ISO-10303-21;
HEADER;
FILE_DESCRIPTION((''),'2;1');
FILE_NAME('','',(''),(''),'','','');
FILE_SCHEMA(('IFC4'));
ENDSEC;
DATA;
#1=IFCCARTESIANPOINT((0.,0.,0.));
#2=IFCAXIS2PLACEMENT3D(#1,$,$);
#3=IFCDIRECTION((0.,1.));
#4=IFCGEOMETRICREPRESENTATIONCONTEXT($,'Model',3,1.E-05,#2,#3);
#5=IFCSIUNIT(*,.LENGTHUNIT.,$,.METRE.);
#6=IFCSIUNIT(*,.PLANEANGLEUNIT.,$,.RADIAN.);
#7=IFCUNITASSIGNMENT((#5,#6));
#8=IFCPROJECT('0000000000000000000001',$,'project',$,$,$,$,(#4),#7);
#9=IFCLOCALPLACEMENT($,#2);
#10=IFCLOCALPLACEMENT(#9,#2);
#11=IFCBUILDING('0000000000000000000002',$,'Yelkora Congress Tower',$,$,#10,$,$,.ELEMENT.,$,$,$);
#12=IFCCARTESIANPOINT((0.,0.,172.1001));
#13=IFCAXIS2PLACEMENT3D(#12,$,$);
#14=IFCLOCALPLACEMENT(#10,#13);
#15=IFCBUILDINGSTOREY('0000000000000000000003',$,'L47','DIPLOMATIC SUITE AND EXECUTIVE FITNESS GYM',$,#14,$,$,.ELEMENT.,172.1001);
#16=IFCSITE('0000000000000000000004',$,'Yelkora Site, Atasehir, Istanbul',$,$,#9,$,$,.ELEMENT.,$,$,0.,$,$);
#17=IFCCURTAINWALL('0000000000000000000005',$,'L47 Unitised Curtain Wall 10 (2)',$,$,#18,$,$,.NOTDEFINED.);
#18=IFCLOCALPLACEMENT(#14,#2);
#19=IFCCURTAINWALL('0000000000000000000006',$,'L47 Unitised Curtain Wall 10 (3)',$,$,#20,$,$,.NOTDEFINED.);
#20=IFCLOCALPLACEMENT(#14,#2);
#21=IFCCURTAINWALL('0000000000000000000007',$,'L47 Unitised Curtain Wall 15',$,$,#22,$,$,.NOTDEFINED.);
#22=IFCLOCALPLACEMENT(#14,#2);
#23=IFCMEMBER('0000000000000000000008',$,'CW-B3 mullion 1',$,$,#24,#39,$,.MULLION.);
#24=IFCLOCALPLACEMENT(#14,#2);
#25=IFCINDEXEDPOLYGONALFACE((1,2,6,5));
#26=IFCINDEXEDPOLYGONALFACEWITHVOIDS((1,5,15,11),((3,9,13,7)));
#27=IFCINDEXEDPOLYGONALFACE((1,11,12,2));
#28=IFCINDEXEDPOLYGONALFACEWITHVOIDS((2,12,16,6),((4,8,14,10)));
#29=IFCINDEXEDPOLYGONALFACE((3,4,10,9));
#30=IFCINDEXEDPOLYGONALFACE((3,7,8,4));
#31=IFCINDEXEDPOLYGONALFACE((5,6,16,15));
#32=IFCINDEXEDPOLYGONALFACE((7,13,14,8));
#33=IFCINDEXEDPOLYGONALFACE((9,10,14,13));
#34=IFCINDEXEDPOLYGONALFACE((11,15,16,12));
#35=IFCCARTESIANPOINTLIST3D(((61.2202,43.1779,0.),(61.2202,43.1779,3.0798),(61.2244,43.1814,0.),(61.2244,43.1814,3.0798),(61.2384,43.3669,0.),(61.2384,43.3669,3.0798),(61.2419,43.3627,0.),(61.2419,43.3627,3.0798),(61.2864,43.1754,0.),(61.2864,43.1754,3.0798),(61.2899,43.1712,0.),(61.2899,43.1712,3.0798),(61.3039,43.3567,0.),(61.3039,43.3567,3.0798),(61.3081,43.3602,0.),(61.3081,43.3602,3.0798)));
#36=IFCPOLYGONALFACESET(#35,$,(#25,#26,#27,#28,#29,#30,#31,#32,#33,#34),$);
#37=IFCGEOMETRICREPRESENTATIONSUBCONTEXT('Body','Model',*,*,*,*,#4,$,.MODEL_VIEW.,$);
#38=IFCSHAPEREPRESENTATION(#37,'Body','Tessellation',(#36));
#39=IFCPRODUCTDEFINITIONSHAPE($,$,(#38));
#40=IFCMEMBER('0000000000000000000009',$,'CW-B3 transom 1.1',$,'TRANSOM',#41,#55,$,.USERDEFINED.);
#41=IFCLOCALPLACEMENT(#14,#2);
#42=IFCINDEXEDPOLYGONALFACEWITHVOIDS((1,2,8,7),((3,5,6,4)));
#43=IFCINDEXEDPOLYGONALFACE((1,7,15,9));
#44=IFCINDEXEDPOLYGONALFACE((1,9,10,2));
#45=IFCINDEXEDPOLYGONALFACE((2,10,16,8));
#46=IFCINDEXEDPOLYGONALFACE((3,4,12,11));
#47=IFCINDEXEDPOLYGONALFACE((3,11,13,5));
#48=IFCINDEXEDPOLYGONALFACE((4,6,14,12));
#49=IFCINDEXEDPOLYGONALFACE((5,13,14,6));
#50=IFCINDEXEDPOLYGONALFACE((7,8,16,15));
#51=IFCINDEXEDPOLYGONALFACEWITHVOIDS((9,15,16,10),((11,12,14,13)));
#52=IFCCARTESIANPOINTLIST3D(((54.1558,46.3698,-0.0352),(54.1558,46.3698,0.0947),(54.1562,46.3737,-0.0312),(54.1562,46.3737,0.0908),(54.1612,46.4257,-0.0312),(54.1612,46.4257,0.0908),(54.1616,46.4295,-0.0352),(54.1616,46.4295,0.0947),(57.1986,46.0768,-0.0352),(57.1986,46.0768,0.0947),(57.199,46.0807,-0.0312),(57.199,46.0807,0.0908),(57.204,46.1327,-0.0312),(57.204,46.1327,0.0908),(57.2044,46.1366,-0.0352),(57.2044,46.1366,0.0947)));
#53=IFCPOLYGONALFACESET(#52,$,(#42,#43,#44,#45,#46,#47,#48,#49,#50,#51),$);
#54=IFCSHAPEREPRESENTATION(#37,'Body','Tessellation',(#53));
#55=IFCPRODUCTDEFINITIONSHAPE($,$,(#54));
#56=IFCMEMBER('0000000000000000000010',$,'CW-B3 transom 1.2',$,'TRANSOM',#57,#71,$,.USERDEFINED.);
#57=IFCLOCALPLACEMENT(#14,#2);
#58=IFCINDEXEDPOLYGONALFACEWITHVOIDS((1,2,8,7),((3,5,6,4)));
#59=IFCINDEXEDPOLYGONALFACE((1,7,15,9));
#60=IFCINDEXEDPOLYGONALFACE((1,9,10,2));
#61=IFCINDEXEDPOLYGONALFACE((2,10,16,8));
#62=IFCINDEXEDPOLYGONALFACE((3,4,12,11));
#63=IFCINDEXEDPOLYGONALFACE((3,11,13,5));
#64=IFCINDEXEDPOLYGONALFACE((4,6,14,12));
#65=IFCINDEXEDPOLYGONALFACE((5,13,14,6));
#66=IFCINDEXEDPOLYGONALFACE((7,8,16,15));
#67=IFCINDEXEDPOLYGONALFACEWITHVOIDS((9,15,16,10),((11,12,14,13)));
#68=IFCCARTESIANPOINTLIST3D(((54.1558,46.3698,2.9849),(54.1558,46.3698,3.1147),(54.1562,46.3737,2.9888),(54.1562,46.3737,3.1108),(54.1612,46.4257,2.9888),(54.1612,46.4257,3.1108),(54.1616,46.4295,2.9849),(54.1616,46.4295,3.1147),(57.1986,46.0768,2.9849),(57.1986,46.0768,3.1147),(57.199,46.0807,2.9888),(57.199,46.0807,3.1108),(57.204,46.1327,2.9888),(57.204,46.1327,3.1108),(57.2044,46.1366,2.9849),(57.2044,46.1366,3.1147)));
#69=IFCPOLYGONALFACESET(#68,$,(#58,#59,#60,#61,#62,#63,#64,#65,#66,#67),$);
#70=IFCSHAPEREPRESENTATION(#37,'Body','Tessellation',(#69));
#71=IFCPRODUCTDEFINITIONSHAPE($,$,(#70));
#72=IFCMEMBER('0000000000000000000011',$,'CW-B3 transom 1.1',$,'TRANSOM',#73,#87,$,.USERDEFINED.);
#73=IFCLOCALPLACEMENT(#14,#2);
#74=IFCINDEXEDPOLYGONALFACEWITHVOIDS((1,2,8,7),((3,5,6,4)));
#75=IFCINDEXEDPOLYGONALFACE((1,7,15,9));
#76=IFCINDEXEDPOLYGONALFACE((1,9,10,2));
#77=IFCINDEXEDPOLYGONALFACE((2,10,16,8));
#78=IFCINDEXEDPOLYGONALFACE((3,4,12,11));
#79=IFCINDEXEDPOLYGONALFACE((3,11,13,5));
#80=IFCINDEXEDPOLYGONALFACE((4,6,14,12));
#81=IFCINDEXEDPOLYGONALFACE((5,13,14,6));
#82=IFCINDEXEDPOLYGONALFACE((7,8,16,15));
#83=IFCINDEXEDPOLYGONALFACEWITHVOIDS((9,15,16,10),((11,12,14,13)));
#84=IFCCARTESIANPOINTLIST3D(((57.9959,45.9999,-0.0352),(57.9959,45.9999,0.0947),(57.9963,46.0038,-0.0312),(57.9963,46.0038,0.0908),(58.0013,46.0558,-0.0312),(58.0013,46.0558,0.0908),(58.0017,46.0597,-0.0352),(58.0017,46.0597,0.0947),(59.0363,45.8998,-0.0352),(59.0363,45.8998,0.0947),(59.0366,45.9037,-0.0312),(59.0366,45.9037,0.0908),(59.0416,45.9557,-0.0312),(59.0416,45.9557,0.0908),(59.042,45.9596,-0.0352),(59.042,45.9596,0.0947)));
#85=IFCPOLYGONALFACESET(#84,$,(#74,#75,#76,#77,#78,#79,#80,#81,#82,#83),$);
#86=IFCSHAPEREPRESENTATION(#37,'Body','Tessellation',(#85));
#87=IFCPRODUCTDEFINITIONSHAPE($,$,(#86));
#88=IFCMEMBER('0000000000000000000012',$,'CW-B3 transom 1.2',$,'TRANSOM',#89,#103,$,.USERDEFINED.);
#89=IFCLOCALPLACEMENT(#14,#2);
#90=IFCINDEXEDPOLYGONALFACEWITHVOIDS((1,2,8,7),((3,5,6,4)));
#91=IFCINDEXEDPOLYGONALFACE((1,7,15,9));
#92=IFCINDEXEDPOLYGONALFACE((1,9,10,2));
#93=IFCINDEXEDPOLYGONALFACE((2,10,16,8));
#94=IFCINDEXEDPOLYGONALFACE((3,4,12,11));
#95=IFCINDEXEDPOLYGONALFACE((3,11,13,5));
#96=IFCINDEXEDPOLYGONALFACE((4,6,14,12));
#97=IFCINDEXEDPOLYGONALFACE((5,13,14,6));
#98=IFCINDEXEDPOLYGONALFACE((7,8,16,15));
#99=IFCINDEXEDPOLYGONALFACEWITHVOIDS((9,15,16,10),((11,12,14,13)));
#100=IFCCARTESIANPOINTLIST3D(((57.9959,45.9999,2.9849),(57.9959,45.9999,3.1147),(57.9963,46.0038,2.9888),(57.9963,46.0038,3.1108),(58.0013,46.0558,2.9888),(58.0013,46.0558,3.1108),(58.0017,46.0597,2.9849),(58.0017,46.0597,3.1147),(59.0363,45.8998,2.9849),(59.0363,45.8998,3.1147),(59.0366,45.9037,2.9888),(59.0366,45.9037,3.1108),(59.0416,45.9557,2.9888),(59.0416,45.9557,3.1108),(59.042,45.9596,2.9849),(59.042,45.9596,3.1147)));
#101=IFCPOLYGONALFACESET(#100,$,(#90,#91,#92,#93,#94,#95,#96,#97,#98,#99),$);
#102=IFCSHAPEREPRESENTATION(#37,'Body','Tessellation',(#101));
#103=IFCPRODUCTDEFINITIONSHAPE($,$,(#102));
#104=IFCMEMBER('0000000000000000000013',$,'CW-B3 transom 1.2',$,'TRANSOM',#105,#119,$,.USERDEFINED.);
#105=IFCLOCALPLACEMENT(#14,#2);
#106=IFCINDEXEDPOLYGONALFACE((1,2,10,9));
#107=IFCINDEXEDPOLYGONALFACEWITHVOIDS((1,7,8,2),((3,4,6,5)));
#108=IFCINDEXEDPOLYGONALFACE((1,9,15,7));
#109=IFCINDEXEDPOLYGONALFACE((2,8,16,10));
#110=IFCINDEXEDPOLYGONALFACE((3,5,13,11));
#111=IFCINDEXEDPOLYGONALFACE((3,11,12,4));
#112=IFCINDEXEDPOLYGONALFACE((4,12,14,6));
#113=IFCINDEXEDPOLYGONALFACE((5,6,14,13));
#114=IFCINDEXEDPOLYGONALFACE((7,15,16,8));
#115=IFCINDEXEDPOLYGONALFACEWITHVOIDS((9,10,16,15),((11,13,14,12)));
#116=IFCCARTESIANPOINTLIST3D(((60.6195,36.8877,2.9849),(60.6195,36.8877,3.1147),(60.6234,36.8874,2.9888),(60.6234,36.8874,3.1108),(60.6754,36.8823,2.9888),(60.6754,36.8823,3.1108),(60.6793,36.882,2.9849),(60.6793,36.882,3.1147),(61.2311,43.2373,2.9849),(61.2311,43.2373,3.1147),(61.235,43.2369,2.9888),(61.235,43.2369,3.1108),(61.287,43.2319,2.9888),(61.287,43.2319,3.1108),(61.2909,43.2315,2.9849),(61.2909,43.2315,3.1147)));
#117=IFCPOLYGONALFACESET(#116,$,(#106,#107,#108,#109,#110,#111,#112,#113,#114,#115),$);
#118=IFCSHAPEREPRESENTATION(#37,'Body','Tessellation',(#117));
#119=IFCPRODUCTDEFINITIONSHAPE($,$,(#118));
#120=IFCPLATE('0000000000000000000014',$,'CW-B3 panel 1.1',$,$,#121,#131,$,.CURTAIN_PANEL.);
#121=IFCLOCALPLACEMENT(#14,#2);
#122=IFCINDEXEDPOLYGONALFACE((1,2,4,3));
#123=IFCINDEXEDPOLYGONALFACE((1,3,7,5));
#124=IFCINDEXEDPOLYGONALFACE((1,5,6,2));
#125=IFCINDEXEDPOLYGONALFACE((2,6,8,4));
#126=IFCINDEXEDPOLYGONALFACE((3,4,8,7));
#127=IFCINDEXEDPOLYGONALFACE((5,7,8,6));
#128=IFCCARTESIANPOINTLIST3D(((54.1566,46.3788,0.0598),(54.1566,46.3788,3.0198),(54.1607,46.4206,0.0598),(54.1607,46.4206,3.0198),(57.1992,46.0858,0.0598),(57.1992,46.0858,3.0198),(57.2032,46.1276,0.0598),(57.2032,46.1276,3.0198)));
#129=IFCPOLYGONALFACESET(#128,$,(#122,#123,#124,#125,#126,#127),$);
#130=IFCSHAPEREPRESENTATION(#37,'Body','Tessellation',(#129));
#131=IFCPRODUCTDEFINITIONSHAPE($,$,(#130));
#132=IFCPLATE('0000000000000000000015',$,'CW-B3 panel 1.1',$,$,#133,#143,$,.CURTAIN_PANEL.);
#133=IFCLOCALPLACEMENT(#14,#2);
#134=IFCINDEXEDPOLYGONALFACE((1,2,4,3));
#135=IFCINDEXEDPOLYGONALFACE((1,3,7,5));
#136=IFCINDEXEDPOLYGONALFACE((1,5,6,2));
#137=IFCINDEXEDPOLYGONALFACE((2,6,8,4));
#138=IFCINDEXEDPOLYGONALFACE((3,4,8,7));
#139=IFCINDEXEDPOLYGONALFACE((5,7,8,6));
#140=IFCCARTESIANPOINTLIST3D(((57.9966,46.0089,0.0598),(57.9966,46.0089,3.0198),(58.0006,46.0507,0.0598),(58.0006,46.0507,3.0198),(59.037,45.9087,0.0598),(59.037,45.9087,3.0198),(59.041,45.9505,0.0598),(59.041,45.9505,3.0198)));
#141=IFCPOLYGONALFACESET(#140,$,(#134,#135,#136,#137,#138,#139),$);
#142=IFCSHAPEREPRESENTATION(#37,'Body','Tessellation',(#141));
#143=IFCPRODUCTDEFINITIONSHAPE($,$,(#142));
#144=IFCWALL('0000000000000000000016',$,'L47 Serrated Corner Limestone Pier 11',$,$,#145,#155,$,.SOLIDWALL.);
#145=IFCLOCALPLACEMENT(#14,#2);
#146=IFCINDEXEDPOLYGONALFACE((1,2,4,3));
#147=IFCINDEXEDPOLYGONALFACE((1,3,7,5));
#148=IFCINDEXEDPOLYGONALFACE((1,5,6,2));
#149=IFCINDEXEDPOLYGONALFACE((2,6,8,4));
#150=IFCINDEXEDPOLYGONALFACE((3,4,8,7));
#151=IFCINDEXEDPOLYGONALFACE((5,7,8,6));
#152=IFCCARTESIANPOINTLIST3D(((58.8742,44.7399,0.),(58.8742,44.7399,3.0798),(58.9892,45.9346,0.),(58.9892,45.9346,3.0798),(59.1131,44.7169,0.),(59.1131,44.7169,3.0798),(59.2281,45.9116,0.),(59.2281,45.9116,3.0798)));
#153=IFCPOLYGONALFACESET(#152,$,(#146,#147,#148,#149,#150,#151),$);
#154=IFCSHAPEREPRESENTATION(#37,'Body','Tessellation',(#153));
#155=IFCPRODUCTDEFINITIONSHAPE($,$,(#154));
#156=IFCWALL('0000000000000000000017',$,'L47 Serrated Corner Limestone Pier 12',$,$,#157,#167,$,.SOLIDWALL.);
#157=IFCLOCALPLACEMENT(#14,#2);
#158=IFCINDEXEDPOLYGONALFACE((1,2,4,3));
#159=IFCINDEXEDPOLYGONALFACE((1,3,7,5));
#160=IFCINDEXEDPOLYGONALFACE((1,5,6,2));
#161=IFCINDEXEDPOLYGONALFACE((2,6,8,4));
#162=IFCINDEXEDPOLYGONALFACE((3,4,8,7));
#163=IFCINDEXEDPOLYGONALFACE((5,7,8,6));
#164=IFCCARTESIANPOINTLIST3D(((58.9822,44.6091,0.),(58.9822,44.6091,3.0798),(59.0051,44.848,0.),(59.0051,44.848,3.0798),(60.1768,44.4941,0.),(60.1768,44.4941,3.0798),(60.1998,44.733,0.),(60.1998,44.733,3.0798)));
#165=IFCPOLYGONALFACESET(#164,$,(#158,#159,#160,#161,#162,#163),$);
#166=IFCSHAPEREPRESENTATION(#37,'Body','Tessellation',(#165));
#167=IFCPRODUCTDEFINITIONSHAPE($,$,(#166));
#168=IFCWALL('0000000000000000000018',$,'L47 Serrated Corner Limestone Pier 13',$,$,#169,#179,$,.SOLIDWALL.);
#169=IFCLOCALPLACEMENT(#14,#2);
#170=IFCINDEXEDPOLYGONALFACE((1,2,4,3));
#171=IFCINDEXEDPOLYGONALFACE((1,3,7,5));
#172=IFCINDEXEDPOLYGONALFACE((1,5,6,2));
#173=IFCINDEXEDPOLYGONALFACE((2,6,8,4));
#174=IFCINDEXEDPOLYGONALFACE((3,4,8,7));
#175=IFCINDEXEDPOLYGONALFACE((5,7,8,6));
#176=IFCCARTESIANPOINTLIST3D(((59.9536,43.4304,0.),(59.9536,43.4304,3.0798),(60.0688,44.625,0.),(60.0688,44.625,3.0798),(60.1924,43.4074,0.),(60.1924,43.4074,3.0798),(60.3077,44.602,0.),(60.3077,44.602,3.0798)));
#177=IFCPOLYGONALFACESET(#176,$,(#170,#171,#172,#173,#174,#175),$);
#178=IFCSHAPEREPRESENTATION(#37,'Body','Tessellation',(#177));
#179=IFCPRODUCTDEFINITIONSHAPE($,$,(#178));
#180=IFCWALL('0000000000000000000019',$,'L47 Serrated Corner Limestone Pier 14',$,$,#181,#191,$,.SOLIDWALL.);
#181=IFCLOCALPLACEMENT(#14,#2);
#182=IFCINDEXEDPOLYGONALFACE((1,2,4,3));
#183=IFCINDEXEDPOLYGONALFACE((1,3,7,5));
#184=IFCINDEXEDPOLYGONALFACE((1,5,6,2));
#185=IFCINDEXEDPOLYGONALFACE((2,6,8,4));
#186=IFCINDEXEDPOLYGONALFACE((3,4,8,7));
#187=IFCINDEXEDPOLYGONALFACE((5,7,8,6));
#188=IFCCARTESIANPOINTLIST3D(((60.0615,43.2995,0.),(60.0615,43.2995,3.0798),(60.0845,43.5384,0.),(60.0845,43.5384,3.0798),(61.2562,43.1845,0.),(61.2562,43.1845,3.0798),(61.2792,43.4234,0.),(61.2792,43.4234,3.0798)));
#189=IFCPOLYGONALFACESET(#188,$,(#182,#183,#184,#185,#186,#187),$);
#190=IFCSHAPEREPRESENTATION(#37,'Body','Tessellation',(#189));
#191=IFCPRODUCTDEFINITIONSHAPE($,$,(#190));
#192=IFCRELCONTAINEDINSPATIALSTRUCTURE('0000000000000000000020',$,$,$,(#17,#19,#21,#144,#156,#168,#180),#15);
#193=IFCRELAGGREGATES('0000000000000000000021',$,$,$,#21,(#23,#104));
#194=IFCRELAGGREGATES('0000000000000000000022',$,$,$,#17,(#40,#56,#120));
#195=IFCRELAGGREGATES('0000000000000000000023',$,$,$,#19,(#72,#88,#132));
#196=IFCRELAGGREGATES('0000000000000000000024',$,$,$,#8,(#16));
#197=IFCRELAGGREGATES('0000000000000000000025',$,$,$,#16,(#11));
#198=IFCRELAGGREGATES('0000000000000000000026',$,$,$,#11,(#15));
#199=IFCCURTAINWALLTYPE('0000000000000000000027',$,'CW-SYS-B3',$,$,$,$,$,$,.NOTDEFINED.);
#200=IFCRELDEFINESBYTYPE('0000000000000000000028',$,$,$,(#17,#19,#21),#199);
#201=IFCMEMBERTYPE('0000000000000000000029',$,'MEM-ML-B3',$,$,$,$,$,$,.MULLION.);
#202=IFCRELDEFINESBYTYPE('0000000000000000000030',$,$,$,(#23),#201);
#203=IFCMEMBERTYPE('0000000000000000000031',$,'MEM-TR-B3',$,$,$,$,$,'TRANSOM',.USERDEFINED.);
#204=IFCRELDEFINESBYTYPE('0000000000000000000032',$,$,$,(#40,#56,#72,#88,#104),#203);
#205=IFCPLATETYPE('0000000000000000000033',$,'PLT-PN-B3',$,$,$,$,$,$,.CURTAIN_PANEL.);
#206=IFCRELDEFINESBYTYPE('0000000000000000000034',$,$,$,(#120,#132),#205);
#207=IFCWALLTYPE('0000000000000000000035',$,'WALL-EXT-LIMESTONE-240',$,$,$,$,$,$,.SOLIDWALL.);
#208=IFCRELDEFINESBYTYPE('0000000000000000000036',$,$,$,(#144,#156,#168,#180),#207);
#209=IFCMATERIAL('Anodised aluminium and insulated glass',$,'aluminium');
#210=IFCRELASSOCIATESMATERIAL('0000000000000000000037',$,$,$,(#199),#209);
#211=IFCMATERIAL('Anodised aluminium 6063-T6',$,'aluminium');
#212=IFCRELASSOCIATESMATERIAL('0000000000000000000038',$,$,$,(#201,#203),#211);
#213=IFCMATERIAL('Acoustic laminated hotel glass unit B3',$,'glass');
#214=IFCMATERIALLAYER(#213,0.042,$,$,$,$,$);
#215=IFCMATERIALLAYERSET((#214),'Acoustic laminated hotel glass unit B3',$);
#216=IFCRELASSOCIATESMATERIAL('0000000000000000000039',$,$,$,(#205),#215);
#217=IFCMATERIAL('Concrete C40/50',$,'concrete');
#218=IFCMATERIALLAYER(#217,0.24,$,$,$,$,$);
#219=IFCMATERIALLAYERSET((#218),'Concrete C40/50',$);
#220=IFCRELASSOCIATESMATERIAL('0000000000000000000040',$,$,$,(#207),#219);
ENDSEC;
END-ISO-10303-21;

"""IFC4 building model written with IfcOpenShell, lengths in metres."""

from ifc_helpers import new_model, si_unit, direction, frame, frame_2d, origin, origin_2d, place, context, subcontext, project, spatial, rectangle, hollow_rectangle, extrude, material, layer, layer_set, material_profile, profile_set, type_object, element, aggregate, save


model = new_model("IFC4")

# Units and contexts
model_context = context("Model", 3, precision=1e-05, world=origin(), true_north=direction((0.0, 1.0)))
body_context = subcontext(model_context, "Body", "Model", "MODEL_VIEW")
ifc_project = project(units=[si_unit("LENGTHUNIT", "METRE"), si_unit("PLANEANGLEUNIT", "RADIAN")], contexts=[model_context])

# Site, building, storey
site_placement = place(None, origin())
site = spatial("IfcSite", under=ifc_project, at=site_placement, Name="Yelkora Site, Atasehir, Istanbul", CompositionType="ELEMENT", RefElevation=0.0)
building_placement = place(site_placement, origin())
building = spatial("IfcBuilding", under=site, at=building_placement, Name="Yelkora Congress Tower", CompositionType="ELEMENT")
storey_placement = place(building_placement, frame((0.0, 0.0, 172.1001)))
storey = spatial("IfcBuildingStorey", under=building, at=storey_placement, Name="L47", Description="DIPLOMATIC SUITE AND EXECUTIVE FITNESS GYM", CompositionType="ELEMENT", Elevation=172.1001)

# Shared definitions
ifc_material_1 = material(Name="Anodised aluminium and insulated glass", Category="aluminium")
curtain_wall_type = type_object("IfcCurtainWallType", Name="CW-SYS-B3", PredefinedType="NOTDEFINED", material=ifc_material_1)
ifc_material_2 = material(Name="Anodised aluminium 6063-T6", Category="aluminium")
ifc_material_profile_1 = material_profile(ifc_material_2, hollow_rectangle(XDim=0.0701, YDim=0.1899, WallThickness=0.0039, at=origin_2d()), Name="ALU 70x190x4")
ifc_profile_set_1 = profile_set([ifc_material_profile_1], Name="Anodised aluminium 6063-T6")
member_type_1 = type_object("IfcMemberType", Name="MEM-ML-B3", PredefinedType="MULLION", material=ifc_profile_set_1)

# Curtain walls
curtain_wall_1_placement = place(storey_placement, origin())
curtain_wall_1 = element("IfcCurtainWall", 1, at=curtain_wall_1_placement, inside=storey, type_object=curtain_wall_type, Name="L47 Unitised Curtain Wall 10 (2)", PredefinedType="NOTDEFINED")
curtain_wall_2_placement = place(storey_placement, origin())
curtain_wall_2 = element("IfcCurtainWall", 2, at=curtain_wall_2_placement, inside=storey, type_object=curtain_wall_type, Name="L47 Unitised Curtain Wall 10 (3)", PredefinedType="NOTDEFINED")

# Curtain wall, member
curtain_wall_3_placement = place(storey_placement, origin())
curtain_wall_3 = element("IfcCurtainWall", 3, at=curtain_wall_3_placement, inside=storey, type_object=curtain_wall_type, Name="L47 Unitised Curtain Wall 15", PredefinedType="NOTDEFINED")
member_1_placement = place(storey_placement, frame((61.2642, 43.269, 0.0), z_axis=(0.0, 0.0, 1.0), x_axis=(0.995397, -0.095842, 0.0)))
member_1 = element("IfcMember", 4, at=member_1_placement, type_object=member_type_1, Name="CW-B3 mullion 1", PredefinedType="MULLION", context=body_context, shape_type="SweptSolid", body=[
    extrude(hollow_rectangle(XDim=0.0701, YDim=0.1899, WallThickness=0.0039, at=origin_2d()), origin(), (0.0, 0.0, 1.0), 3.0798),
])

# Members
ifc_material_profile_2 = material_profile(ifc_material_2, hollow_rectangle(XDim=0.0601, YDim=0.1299, WallThickness=0.0039, at=origin_2d()), Name="ALU 60x130x4")
ifc_profile_set_2 = profile_set([ifc_material_profile_2], Name="Anodised aluminium 6063-T6")
member_type_2 = type_object("IfcMemberType", Name="MEM-TR-B3", ElementType="TRANSOM", PredefinedType="USERDEFINED", material=ifc_profile_set_2)
member_2_placement = place(storey_placement, frame((54.1587, 46.3997, 0.0298), z_axis=(0.995397, -0.095842, 0.0), x_axis=(0.095842, 0.995397, 0.0)))
member_2 = element("IfcMember", 5, at=member_2_placement, type_object=member_type_2, Name="CW-B3 transom 1.1", ObjectType="TRANSOM", PredefinedType="USERDEFINED", context=body_context, shape_type="SweptSolid", body=[
    extrude(hollow_rectangle(XDim=0.0601, YDim=0.1299, WallThickness=0.0039, at=origin_2d()), origin(), (0.0, 0.0, 1.0), 3.0569),
])
member_3_placement = place(storey_placement, frame((54.1587, 46.3997, 3.0498), z_axis=(0.995397, -0.095842, 0.0), x_axis=(0.095842, 0.995397, 0.0)))
member_3 = element("IfcMember", 6, at=member_3_placement, type_object=member_type_2, Name="CW-B3 transom 1.2", ObjectType="TRANSOM", PredefinedType="USERDEFINED", context=body_context, shape_type="SweptSolid", body=[
    extrude(hollow_rectangle(XDim=0.0601, YDim=0.1299, WallThickness=0.0039, at=origin_2d()), origin(), (0.0, 0.0, 1.0), 3.0569),
])
member_4_placement = place(storey_placement, frame((57.9988, 46.0298, 0.0298), z_axis=(0.995403, -0.095779, 0.0), x_axis=(0.095779, 0.995403, 0.0)))
member_4 = element("IfcMember", 7, at=member_4_placement, type_object=member_type_2, Name="CW-B3 transom 1.1", ObjectType="TRANSOM", PredefinedType="USERDEFINED", context=body_context, shape_type="SweptSolid", body=[
    extrude(hollow_rectangle(XDim=0.0601, YDim=0.1299, WallThickness=0.0039, at=origin_2d()), origin(), (0.0, 0.0, 1.0), 1.0452),
])
member_5_placement = place(storey_placement, frame((57.9988, 46.0298, 3.0498), z_axis=(0.995403, -0.095779, 0.0), x_axis=(0.095779, 0.995403, 0.0)))
member_5 = element("IfcMember", 8, at=member_5_placement, type_object=member_type_2, Name="CW-B3 transom 1.2", ObjectType="TRANSOM", PredefinedType="USERDEFINED", context=body_context, shape_type="SweptSolid", body=[
    extrude(hollow_rectangle(XDim=0.0601, YDim=0.1299, WallThickness=0.0039, at=origin_2d()), origin(), (0.0, 0.0, 1.0), 1.0452),
])
member_6_placement = place(storey_placement, frame((61.261, 43.2344, 3.0498), z_axis=(-0.095873, -0.995394, 0.0), x_axis=(0.995394, -0.095873, 0.0)))
member_6 = element("IfcMember", 9, at=member_6_placement, type_object=member_type_2, Name="CW-B3 transom 1.2", ObjectType="TRANSOM", PredefinedType="USERDEFINED", context=body_context, shape_type="SweptSolid", body=[
    extrude(hollow_rectangle(XDim=0.0601, YDim=0.1299, WallThickness=0.0039, at=origin_2d()), origin(), (0.0, 0.0, 1.0), 6.3789),
])
aggregate(curtain_wall_3, [member_1, member_6])

# Plates
ifc_material_3 = material(Name="Acoustic laminated hotel glass unit B3", Category="glass")
ifc_layer_1 = layer(ifc_material_3, 0.042)
ifc_layer_set_1 = layer_set([ifc_layer_1], Name="Acoustic laminated hotel glass unit B3")
plate_type = type_object("IfcPlateType", Name="PLT-PN-B3", PredefinedType="CURTAIN_PANEL", material=ifc_layer_set_1)
plate_1_placement = place(storey_placement, frame((55.6799, 46.2532, 0.0598), z_axis=(0.0, 0.0, 1.0), x_axis=(0.995396, -0.095848, 0.0)))
plate_1 = element("IfcPlate", 10, at=plate_1_placement, type_object=plate_type, Name="CW-B3 panel 1.1", PredefinedType="CURTAIN_PANEL", context=body_context, shape_type="SweptSolid", body=[
    extrude(rectangle(XDim=3.0566, YDim=0.042, at=origin_2d()), origin(), (0.0, 0.0, 1.0), 2.96),
])
aggregate(curtain_wall_1, [member_2, member_3, plate_1])
plate_2_placement = place(storey_placement, frame((58.5188, 45.9797, 0.0598), z_axis=(0.0, 0.0, 1.0), x_axis=(0.995396, -0.095852, 0.0)))
plate_2 = element("IfcPlate", 11, at=plate_2_placement, type_object=plate_type, Name="CW-B3 panel 1.1", PredefinedType="CURTAIN_PANEL", context=body_context, shape_type="SweptSolid", body=[
    extrude(rectangle(XDim=1.0452, YDim=0.042, at=origin_2d()), origin(), (0.0, 0.0, 1.0), 2.96),
])
aggregate(curtain_wall_2, [member_4, member_5, plate_2])

# Walls
ifc_material_4 = material(Name="Concrete C40/50", Category="concrete")
ifc_layer_2 = layer(ifc_material_4, 0.24)
ifc_layer_set_2 = layer_set([ifc_layer_2], Name="Concrete C40/50")
wall_type = type_object("IfcWallType", Name="WALL-EXT-LIMESTONE-240", PredefinedType="SOLIDWALL", material=ifc_layer_set_2)
for number, where, z_axis, x_axis, name in (
    (12, (59.1086, 45.9231, 0.0), (0.0, 0.0, 1.0), (-0.095817, -0.995399, 0.0), "L47 Serrated Corner Limestone Pier 11"),
    (13, (58.9937, 44.7285, 0.0), (0.0, 0.0, 1.0), (0.995399, -0.095817, 0.0), "L47 Serrated Corner Limestone Pier 12"),
    (14, (60.1882, 44.6135, 0.0), (0.0, 0.0, 1.0), (-0.096019, -0.99538, 0.0), "L47 Serrated Corner Limestone Pier 13"),
    (15, (60.073, 43.4189, 0.0), (0.0, 0.0, 1.0), (0.995399, -0.095817, 0.0), "L47 Serrated Corner Limestone Pier 14"),
):
    element("IfcWall", number, at=place(storey_placement, frame(where, z_axis=z_axis, x_axis=x_axis)), inside=storey, type_object=wall_type, Name=name, PredefinedType="SOLIDWALL", context=body_context, shape_type="SweptSolid", body=[
        extrude(rectangle(XDim=1.2002, YDim=0.24, at=frame_2d((0.6001, 0.0))), origin(), (0.0, 0.0, 1.0), 3.0798),
    ])

save(model, "model.ifc")
